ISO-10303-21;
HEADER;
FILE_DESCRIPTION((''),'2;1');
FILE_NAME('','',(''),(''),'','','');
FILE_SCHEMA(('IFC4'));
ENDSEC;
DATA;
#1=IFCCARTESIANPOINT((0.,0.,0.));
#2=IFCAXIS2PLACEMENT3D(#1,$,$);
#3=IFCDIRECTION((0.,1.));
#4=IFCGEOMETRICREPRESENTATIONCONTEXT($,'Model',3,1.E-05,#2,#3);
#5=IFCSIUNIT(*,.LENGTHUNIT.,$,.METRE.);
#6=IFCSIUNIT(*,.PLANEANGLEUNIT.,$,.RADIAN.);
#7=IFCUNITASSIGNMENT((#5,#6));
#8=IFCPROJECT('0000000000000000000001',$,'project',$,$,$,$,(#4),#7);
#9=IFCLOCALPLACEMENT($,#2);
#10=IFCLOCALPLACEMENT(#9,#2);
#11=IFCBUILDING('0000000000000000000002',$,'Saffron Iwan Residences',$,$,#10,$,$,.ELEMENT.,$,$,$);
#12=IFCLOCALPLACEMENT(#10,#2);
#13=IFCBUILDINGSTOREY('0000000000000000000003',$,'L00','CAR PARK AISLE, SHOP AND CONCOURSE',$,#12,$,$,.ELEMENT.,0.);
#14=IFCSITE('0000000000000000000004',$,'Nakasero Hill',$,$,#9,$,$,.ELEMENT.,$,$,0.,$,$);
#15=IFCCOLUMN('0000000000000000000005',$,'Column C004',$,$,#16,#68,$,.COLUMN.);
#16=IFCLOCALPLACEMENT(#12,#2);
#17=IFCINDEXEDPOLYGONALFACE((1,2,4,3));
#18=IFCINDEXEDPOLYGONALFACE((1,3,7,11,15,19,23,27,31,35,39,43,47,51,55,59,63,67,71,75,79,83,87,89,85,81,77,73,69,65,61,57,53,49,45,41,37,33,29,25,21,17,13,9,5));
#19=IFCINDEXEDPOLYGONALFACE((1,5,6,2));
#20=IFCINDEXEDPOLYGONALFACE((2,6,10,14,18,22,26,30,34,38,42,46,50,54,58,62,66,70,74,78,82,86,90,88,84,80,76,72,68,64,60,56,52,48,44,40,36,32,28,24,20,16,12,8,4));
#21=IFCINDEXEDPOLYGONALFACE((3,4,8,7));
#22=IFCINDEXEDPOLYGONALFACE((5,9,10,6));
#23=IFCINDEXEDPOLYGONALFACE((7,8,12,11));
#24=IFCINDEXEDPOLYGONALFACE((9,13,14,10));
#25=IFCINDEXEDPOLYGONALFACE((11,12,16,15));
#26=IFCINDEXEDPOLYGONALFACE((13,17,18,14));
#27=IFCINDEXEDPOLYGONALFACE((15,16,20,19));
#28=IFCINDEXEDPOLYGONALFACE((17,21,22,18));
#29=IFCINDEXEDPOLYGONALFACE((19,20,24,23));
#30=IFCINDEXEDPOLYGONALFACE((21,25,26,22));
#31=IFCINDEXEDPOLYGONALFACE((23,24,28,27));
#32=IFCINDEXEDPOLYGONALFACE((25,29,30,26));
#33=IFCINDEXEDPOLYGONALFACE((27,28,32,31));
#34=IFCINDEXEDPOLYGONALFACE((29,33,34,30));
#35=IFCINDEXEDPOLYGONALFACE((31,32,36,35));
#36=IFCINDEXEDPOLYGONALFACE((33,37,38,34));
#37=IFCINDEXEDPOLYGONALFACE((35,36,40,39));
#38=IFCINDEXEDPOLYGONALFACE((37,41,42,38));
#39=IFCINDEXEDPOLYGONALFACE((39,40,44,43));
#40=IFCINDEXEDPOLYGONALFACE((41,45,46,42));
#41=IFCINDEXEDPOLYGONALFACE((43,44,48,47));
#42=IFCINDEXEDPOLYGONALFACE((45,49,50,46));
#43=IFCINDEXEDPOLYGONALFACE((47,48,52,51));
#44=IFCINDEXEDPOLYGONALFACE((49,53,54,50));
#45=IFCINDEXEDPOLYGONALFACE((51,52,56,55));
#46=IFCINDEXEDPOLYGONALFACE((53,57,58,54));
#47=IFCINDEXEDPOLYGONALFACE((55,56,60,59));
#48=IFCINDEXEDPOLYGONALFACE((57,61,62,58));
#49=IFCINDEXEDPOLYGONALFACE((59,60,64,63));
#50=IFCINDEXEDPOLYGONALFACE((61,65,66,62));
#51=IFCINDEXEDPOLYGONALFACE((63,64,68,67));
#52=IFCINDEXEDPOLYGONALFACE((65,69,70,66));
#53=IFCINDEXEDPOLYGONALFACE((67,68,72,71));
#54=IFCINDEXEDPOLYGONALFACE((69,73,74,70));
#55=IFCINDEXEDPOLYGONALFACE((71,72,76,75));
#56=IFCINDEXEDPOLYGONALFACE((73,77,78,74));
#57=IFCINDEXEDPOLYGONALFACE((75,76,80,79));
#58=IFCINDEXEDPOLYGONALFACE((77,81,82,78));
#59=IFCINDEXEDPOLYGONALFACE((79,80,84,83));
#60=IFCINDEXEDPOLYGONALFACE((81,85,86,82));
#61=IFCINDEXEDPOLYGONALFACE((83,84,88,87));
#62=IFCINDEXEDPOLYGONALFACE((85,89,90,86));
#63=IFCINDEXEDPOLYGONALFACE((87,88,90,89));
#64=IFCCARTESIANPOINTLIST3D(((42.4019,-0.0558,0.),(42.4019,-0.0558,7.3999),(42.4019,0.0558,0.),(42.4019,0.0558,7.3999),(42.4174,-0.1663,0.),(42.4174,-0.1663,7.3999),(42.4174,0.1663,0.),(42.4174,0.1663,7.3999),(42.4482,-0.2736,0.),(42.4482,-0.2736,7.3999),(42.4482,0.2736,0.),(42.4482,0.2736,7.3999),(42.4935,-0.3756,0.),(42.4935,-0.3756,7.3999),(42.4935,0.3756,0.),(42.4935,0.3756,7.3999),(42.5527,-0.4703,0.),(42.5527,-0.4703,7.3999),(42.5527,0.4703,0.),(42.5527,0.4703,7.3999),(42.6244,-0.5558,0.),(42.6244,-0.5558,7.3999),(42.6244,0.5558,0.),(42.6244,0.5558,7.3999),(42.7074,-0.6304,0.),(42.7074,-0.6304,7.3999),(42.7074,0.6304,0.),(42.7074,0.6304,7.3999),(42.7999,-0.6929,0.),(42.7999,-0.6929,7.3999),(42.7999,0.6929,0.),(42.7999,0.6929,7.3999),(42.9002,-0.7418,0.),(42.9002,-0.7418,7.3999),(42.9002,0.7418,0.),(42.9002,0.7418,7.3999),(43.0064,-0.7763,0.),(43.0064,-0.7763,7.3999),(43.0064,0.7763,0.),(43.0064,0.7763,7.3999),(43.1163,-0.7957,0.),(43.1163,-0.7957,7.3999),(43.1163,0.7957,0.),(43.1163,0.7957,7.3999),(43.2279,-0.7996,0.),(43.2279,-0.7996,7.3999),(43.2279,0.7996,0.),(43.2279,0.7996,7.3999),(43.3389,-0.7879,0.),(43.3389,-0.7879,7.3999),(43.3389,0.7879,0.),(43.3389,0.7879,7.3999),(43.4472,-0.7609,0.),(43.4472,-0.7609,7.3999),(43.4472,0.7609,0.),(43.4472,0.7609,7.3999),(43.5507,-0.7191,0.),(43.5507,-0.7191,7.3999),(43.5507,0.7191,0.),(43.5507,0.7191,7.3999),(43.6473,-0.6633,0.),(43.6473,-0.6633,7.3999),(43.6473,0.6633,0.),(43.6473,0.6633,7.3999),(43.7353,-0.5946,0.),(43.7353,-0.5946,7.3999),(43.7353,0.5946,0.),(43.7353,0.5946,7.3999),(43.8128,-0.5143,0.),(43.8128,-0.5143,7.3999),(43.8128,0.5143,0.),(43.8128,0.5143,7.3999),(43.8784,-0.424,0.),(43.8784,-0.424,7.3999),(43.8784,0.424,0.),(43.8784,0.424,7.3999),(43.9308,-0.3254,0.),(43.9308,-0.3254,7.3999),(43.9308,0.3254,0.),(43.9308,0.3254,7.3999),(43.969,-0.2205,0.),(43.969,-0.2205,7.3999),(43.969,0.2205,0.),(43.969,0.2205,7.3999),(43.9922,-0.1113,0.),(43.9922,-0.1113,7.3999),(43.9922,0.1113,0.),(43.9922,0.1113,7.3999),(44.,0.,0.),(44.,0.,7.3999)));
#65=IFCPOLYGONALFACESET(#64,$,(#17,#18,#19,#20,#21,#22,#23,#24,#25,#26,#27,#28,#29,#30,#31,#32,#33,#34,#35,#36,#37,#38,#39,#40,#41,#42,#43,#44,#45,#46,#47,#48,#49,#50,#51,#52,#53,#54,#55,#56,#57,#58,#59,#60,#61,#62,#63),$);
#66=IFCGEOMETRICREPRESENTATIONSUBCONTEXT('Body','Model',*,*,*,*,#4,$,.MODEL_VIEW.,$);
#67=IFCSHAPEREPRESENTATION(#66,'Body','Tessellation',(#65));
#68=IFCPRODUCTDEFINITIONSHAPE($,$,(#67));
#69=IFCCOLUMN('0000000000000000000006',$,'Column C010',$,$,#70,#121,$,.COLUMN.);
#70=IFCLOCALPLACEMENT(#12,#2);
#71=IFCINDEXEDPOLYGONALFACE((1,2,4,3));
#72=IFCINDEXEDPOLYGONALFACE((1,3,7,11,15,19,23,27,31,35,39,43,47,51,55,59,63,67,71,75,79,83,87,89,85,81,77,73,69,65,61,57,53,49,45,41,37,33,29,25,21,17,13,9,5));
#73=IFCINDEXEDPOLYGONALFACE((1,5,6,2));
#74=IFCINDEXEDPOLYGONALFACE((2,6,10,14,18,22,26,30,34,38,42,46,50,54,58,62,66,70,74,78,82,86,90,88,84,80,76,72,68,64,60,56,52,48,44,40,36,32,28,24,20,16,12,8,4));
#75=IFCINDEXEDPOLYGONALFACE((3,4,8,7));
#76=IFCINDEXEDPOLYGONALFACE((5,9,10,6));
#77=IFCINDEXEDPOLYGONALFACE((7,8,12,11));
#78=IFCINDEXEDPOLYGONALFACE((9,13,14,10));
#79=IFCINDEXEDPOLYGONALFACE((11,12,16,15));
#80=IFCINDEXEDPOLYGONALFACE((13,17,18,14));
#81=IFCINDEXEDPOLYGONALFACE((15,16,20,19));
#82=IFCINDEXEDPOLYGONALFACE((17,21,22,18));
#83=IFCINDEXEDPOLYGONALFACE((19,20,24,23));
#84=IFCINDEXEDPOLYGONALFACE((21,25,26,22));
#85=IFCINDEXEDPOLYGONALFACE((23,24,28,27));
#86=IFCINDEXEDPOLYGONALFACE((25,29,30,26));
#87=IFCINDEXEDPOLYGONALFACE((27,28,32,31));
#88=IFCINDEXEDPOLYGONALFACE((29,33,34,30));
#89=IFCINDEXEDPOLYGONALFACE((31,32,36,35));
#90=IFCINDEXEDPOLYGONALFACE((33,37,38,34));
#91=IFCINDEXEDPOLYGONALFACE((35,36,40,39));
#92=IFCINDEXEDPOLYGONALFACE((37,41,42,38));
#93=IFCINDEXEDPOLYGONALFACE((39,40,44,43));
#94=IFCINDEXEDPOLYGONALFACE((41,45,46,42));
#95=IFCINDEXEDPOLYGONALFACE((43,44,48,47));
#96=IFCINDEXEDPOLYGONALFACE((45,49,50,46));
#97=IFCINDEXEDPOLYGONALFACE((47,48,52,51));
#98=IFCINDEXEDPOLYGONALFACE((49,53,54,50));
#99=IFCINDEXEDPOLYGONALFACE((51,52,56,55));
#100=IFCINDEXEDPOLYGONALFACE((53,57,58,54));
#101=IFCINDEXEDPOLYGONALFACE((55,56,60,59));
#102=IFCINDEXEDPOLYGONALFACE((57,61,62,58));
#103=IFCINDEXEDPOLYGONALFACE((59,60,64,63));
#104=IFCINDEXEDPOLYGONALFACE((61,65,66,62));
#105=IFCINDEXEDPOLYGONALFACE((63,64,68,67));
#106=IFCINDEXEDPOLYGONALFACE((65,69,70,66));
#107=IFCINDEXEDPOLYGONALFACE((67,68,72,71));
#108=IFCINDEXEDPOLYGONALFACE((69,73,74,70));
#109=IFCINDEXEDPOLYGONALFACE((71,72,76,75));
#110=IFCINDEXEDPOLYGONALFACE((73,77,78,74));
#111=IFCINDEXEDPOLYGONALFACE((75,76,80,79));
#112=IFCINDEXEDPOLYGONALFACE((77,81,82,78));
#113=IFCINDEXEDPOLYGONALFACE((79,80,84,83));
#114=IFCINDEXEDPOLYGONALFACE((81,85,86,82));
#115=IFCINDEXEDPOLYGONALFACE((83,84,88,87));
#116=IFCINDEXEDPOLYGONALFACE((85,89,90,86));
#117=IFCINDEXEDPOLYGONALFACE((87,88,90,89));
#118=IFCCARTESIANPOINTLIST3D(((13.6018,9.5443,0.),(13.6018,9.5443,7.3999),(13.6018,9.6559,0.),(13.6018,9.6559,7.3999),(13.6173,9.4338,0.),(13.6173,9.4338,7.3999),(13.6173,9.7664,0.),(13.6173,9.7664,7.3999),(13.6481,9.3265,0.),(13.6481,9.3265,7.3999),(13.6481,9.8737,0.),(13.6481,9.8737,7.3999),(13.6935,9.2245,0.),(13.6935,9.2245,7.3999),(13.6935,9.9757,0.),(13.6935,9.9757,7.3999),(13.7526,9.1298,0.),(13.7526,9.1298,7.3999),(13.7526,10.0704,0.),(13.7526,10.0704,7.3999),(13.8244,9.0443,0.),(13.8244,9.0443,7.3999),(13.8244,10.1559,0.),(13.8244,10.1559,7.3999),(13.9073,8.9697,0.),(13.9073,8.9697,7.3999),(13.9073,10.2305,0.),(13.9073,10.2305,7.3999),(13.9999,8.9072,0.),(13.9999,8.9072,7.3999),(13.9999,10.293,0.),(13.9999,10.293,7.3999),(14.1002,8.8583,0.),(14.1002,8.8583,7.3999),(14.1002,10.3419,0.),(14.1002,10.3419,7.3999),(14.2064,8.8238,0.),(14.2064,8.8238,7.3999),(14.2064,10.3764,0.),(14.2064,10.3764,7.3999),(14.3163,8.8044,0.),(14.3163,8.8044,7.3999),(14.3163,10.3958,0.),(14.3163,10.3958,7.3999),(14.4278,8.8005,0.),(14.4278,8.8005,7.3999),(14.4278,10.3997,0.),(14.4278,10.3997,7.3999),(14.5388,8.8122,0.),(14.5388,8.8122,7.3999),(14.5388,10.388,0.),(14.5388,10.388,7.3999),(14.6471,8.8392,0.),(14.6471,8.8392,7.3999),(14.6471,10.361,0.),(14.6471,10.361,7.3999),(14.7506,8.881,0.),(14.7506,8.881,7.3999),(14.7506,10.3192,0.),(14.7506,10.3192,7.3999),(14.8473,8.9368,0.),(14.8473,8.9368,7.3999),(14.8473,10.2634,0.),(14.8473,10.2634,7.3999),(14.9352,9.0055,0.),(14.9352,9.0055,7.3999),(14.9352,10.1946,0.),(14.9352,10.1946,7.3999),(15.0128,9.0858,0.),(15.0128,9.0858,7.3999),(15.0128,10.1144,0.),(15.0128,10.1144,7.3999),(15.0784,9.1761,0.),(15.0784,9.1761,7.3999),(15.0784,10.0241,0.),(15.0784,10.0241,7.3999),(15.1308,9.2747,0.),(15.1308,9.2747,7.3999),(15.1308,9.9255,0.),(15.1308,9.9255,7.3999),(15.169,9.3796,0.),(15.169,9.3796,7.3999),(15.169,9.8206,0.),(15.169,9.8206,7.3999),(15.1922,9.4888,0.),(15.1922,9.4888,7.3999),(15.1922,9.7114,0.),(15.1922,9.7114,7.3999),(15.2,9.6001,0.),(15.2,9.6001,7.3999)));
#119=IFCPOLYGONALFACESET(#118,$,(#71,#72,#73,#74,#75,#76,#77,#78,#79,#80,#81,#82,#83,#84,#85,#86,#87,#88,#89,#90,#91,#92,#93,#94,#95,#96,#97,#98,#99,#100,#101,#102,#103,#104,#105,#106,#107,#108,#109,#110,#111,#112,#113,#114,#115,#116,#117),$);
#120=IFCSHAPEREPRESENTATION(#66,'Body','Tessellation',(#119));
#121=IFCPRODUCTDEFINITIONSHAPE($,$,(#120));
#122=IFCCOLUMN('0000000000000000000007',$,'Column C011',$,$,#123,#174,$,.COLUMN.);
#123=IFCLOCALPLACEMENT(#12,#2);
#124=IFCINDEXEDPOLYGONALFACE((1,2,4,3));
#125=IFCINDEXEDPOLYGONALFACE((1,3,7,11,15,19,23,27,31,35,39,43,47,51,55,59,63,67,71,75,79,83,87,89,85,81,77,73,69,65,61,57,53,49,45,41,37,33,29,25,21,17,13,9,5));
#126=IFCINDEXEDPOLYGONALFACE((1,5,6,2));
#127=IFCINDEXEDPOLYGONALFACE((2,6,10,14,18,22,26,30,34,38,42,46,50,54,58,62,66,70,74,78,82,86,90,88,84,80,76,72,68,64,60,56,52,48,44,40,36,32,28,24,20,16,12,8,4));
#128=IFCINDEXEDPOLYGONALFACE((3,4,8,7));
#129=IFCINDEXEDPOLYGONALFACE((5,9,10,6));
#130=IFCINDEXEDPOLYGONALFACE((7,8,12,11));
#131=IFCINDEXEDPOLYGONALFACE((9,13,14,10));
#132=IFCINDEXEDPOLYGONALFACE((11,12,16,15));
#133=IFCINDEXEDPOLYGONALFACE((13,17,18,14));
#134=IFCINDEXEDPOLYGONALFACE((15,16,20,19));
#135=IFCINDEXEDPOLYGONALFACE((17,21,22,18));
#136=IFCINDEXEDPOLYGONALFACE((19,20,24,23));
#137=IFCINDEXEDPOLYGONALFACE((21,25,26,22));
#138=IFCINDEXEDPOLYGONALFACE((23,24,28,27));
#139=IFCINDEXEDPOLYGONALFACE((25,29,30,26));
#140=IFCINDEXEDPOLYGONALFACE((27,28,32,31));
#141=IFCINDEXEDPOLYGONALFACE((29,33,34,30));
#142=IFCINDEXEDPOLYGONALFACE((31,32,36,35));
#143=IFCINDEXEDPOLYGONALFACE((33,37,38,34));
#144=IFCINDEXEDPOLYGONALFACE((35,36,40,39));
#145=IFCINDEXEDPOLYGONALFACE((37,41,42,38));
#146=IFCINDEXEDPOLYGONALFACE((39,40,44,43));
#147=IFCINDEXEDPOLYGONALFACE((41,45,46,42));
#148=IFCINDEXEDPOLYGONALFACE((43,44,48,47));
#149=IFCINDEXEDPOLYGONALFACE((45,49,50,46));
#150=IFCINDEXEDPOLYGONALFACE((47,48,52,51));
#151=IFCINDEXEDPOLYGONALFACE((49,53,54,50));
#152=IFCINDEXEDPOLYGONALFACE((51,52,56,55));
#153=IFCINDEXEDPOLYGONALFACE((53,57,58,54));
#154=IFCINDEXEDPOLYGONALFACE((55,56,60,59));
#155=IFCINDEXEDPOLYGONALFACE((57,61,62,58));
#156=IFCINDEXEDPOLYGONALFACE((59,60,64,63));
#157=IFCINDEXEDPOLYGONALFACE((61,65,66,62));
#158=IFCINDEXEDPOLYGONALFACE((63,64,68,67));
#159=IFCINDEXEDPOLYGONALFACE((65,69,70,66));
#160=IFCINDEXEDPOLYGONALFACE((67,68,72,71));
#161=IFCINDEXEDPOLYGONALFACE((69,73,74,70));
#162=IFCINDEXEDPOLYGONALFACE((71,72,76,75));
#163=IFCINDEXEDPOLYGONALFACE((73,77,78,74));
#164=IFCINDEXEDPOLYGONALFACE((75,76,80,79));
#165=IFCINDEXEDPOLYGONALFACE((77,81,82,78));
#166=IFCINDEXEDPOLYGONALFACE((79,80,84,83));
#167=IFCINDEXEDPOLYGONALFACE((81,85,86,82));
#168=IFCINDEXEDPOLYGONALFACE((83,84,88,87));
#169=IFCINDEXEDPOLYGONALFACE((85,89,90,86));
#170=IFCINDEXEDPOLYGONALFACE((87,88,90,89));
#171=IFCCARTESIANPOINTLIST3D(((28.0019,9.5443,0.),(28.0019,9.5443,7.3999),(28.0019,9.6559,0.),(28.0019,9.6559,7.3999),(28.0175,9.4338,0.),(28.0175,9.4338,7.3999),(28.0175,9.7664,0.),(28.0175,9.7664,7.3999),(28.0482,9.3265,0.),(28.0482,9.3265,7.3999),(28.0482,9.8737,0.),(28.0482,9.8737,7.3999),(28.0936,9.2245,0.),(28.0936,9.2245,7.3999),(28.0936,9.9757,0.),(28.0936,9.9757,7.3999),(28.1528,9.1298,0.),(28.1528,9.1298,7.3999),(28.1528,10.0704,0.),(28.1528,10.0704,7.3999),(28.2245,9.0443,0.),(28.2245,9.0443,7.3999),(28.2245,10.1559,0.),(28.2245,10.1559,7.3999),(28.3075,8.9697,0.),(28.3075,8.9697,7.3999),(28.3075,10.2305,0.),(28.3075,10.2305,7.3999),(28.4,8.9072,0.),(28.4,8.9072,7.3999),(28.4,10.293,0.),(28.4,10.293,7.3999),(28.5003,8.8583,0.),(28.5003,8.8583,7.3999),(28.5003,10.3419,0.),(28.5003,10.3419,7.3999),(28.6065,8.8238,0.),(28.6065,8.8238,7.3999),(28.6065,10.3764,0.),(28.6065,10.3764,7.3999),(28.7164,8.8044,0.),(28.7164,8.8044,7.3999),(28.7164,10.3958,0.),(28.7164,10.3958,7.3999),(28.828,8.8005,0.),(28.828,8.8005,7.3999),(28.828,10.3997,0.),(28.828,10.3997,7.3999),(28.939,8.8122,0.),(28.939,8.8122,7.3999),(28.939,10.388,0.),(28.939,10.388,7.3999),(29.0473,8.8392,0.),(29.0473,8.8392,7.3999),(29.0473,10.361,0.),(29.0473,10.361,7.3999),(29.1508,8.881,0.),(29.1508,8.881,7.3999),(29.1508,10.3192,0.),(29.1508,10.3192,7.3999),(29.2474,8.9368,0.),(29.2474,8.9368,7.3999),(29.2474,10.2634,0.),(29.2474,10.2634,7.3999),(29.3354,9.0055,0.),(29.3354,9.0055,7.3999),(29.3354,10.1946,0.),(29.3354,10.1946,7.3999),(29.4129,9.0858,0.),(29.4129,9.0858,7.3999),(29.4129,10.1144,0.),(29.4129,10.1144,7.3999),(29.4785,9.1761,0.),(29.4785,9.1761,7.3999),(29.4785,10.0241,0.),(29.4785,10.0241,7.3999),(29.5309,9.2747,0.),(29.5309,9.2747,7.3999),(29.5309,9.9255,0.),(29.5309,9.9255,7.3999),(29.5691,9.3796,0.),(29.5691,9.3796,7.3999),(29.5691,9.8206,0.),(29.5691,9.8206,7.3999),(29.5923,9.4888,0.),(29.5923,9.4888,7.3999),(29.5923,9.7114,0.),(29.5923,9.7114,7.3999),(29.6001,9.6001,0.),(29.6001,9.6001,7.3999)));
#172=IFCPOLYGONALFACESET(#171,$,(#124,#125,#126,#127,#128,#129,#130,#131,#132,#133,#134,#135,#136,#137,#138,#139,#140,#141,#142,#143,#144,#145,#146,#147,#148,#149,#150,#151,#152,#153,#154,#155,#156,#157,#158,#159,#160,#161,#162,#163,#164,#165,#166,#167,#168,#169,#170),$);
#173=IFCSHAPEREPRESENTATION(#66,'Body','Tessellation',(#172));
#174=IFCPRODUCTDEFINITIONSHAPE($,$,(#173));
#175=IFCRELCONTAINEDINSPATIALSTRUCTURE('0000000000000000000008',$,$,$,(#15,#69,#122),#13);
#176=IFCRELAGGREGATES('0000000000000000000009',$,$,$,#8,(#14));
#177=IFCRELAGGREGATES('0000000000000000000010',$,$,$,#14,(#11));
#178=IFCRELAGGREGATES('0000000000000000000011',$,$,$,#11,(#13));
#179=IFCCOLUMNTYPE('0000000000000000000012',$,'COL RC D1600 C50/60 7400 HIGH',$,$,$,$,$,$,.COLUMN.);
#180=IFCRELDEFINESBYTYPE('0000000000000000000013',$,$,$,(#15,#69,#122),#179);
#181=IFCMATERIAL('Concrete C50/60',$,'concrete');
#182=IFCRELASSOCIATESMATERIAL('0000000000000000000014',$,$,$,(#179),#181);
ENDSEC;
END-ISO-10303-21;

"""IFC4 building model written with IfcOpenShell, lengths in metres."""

from ifc_helpers import new_model, si_unit, direction, frame, origin, origin_2d, place, context, subcontext, project, spatial, circle, extrude, source, transform, mapped, material, material_profile, profile_set, type_object, element, save


model = new_model("IFC4")

# Units and contexts
model_context = context("Model", 3, precision=1e-05, world=origin(), true_north=direction((0.0, 1.0)))
body_context = subcontext(model_context, "Body", "Model", "MODEL_VIEW")
ifc_project = project(units=[si_unit("LENGTHUNIT", "METRE"), si_unit("PLANEANGLEUNIT", "RADIAN")], contexts=[model_context])

# Site, building, storey
site_placement = place(None, origin())
site = spatial("IfcSite", under=ifc_project, at=site_placement, Name="Nakasero Hill", CompositionType="ELEMENT", RefElevation=0.0)
building_placement = place(site_placement, origin())
building = spatial("IfcBuilding", under=site, at=building_placement, Name="Saffron Iwan Residences", CompositionType="ELEMENT")
storey_placement = place(building_placement, origin())
storey = spatial("IfcBuildingStorey", under=building, at=storey_placement, Name="L00", Description="CAR PARK AISLE, SHOP AND CONCOURSE", CompositionType="ELEMENT", Elevation=0.0)

# Columns
ifc_material_1 = material(Name="Concrete C50/60", Category="concrete")
ifc_material_profile_1 = material_profile(ifc_material_1, circle(Radius=0.8, at=origin_2d()), Name="RC D1600")
ifc_profile_set_1 = profile_set([ifc_material_profile_1], Name="Concrete C50/60")
column_type = type_object("IfcColumnType", Name="COL RC D1600 C50/60 7400 HIGH", PredefinedType="COLUMN", material=ifc_profile_set_1)
shared_shape_1 = source(origin(), body_context, "Body", "SweptSolid", [
    extrude(circle(Radius=0.8, at=origin_2d()), origin(), (0.0, 0.0, 1.0), 7.3999),
])
for number, where, z_axis, x_axis, name in (
    (1, (43.2, 0.0, 0.0), (0.0, 0.0, 1.0), (1.0, 0.0, 0.0), "Column C004"),
    (2, (14.3999, 9.6001, 0.0), (0.0, 0.0, 1.0), (1.0, 0.0, 0.0), "Column C010"),
    (3, (28.8, 9.6001, 0.0), (0.0, 0.0, 1.0), (1.0, 0.0, 0.0), "Column C011"),
):
    element("IfcColumn", number, at=place(storey_placement, frame(where, z_axis=z_axis, x_axis=x_axis)), inside=storey, type_object=column_type, Name=name, PredefinedType="COLUMN", context=body_context, shape_type="MappedRepresentation", body=[
        mapped(shared_shape_1, transform((0.0, 0.0, 0.0))),
    ])

save(model, "model.ifc")
